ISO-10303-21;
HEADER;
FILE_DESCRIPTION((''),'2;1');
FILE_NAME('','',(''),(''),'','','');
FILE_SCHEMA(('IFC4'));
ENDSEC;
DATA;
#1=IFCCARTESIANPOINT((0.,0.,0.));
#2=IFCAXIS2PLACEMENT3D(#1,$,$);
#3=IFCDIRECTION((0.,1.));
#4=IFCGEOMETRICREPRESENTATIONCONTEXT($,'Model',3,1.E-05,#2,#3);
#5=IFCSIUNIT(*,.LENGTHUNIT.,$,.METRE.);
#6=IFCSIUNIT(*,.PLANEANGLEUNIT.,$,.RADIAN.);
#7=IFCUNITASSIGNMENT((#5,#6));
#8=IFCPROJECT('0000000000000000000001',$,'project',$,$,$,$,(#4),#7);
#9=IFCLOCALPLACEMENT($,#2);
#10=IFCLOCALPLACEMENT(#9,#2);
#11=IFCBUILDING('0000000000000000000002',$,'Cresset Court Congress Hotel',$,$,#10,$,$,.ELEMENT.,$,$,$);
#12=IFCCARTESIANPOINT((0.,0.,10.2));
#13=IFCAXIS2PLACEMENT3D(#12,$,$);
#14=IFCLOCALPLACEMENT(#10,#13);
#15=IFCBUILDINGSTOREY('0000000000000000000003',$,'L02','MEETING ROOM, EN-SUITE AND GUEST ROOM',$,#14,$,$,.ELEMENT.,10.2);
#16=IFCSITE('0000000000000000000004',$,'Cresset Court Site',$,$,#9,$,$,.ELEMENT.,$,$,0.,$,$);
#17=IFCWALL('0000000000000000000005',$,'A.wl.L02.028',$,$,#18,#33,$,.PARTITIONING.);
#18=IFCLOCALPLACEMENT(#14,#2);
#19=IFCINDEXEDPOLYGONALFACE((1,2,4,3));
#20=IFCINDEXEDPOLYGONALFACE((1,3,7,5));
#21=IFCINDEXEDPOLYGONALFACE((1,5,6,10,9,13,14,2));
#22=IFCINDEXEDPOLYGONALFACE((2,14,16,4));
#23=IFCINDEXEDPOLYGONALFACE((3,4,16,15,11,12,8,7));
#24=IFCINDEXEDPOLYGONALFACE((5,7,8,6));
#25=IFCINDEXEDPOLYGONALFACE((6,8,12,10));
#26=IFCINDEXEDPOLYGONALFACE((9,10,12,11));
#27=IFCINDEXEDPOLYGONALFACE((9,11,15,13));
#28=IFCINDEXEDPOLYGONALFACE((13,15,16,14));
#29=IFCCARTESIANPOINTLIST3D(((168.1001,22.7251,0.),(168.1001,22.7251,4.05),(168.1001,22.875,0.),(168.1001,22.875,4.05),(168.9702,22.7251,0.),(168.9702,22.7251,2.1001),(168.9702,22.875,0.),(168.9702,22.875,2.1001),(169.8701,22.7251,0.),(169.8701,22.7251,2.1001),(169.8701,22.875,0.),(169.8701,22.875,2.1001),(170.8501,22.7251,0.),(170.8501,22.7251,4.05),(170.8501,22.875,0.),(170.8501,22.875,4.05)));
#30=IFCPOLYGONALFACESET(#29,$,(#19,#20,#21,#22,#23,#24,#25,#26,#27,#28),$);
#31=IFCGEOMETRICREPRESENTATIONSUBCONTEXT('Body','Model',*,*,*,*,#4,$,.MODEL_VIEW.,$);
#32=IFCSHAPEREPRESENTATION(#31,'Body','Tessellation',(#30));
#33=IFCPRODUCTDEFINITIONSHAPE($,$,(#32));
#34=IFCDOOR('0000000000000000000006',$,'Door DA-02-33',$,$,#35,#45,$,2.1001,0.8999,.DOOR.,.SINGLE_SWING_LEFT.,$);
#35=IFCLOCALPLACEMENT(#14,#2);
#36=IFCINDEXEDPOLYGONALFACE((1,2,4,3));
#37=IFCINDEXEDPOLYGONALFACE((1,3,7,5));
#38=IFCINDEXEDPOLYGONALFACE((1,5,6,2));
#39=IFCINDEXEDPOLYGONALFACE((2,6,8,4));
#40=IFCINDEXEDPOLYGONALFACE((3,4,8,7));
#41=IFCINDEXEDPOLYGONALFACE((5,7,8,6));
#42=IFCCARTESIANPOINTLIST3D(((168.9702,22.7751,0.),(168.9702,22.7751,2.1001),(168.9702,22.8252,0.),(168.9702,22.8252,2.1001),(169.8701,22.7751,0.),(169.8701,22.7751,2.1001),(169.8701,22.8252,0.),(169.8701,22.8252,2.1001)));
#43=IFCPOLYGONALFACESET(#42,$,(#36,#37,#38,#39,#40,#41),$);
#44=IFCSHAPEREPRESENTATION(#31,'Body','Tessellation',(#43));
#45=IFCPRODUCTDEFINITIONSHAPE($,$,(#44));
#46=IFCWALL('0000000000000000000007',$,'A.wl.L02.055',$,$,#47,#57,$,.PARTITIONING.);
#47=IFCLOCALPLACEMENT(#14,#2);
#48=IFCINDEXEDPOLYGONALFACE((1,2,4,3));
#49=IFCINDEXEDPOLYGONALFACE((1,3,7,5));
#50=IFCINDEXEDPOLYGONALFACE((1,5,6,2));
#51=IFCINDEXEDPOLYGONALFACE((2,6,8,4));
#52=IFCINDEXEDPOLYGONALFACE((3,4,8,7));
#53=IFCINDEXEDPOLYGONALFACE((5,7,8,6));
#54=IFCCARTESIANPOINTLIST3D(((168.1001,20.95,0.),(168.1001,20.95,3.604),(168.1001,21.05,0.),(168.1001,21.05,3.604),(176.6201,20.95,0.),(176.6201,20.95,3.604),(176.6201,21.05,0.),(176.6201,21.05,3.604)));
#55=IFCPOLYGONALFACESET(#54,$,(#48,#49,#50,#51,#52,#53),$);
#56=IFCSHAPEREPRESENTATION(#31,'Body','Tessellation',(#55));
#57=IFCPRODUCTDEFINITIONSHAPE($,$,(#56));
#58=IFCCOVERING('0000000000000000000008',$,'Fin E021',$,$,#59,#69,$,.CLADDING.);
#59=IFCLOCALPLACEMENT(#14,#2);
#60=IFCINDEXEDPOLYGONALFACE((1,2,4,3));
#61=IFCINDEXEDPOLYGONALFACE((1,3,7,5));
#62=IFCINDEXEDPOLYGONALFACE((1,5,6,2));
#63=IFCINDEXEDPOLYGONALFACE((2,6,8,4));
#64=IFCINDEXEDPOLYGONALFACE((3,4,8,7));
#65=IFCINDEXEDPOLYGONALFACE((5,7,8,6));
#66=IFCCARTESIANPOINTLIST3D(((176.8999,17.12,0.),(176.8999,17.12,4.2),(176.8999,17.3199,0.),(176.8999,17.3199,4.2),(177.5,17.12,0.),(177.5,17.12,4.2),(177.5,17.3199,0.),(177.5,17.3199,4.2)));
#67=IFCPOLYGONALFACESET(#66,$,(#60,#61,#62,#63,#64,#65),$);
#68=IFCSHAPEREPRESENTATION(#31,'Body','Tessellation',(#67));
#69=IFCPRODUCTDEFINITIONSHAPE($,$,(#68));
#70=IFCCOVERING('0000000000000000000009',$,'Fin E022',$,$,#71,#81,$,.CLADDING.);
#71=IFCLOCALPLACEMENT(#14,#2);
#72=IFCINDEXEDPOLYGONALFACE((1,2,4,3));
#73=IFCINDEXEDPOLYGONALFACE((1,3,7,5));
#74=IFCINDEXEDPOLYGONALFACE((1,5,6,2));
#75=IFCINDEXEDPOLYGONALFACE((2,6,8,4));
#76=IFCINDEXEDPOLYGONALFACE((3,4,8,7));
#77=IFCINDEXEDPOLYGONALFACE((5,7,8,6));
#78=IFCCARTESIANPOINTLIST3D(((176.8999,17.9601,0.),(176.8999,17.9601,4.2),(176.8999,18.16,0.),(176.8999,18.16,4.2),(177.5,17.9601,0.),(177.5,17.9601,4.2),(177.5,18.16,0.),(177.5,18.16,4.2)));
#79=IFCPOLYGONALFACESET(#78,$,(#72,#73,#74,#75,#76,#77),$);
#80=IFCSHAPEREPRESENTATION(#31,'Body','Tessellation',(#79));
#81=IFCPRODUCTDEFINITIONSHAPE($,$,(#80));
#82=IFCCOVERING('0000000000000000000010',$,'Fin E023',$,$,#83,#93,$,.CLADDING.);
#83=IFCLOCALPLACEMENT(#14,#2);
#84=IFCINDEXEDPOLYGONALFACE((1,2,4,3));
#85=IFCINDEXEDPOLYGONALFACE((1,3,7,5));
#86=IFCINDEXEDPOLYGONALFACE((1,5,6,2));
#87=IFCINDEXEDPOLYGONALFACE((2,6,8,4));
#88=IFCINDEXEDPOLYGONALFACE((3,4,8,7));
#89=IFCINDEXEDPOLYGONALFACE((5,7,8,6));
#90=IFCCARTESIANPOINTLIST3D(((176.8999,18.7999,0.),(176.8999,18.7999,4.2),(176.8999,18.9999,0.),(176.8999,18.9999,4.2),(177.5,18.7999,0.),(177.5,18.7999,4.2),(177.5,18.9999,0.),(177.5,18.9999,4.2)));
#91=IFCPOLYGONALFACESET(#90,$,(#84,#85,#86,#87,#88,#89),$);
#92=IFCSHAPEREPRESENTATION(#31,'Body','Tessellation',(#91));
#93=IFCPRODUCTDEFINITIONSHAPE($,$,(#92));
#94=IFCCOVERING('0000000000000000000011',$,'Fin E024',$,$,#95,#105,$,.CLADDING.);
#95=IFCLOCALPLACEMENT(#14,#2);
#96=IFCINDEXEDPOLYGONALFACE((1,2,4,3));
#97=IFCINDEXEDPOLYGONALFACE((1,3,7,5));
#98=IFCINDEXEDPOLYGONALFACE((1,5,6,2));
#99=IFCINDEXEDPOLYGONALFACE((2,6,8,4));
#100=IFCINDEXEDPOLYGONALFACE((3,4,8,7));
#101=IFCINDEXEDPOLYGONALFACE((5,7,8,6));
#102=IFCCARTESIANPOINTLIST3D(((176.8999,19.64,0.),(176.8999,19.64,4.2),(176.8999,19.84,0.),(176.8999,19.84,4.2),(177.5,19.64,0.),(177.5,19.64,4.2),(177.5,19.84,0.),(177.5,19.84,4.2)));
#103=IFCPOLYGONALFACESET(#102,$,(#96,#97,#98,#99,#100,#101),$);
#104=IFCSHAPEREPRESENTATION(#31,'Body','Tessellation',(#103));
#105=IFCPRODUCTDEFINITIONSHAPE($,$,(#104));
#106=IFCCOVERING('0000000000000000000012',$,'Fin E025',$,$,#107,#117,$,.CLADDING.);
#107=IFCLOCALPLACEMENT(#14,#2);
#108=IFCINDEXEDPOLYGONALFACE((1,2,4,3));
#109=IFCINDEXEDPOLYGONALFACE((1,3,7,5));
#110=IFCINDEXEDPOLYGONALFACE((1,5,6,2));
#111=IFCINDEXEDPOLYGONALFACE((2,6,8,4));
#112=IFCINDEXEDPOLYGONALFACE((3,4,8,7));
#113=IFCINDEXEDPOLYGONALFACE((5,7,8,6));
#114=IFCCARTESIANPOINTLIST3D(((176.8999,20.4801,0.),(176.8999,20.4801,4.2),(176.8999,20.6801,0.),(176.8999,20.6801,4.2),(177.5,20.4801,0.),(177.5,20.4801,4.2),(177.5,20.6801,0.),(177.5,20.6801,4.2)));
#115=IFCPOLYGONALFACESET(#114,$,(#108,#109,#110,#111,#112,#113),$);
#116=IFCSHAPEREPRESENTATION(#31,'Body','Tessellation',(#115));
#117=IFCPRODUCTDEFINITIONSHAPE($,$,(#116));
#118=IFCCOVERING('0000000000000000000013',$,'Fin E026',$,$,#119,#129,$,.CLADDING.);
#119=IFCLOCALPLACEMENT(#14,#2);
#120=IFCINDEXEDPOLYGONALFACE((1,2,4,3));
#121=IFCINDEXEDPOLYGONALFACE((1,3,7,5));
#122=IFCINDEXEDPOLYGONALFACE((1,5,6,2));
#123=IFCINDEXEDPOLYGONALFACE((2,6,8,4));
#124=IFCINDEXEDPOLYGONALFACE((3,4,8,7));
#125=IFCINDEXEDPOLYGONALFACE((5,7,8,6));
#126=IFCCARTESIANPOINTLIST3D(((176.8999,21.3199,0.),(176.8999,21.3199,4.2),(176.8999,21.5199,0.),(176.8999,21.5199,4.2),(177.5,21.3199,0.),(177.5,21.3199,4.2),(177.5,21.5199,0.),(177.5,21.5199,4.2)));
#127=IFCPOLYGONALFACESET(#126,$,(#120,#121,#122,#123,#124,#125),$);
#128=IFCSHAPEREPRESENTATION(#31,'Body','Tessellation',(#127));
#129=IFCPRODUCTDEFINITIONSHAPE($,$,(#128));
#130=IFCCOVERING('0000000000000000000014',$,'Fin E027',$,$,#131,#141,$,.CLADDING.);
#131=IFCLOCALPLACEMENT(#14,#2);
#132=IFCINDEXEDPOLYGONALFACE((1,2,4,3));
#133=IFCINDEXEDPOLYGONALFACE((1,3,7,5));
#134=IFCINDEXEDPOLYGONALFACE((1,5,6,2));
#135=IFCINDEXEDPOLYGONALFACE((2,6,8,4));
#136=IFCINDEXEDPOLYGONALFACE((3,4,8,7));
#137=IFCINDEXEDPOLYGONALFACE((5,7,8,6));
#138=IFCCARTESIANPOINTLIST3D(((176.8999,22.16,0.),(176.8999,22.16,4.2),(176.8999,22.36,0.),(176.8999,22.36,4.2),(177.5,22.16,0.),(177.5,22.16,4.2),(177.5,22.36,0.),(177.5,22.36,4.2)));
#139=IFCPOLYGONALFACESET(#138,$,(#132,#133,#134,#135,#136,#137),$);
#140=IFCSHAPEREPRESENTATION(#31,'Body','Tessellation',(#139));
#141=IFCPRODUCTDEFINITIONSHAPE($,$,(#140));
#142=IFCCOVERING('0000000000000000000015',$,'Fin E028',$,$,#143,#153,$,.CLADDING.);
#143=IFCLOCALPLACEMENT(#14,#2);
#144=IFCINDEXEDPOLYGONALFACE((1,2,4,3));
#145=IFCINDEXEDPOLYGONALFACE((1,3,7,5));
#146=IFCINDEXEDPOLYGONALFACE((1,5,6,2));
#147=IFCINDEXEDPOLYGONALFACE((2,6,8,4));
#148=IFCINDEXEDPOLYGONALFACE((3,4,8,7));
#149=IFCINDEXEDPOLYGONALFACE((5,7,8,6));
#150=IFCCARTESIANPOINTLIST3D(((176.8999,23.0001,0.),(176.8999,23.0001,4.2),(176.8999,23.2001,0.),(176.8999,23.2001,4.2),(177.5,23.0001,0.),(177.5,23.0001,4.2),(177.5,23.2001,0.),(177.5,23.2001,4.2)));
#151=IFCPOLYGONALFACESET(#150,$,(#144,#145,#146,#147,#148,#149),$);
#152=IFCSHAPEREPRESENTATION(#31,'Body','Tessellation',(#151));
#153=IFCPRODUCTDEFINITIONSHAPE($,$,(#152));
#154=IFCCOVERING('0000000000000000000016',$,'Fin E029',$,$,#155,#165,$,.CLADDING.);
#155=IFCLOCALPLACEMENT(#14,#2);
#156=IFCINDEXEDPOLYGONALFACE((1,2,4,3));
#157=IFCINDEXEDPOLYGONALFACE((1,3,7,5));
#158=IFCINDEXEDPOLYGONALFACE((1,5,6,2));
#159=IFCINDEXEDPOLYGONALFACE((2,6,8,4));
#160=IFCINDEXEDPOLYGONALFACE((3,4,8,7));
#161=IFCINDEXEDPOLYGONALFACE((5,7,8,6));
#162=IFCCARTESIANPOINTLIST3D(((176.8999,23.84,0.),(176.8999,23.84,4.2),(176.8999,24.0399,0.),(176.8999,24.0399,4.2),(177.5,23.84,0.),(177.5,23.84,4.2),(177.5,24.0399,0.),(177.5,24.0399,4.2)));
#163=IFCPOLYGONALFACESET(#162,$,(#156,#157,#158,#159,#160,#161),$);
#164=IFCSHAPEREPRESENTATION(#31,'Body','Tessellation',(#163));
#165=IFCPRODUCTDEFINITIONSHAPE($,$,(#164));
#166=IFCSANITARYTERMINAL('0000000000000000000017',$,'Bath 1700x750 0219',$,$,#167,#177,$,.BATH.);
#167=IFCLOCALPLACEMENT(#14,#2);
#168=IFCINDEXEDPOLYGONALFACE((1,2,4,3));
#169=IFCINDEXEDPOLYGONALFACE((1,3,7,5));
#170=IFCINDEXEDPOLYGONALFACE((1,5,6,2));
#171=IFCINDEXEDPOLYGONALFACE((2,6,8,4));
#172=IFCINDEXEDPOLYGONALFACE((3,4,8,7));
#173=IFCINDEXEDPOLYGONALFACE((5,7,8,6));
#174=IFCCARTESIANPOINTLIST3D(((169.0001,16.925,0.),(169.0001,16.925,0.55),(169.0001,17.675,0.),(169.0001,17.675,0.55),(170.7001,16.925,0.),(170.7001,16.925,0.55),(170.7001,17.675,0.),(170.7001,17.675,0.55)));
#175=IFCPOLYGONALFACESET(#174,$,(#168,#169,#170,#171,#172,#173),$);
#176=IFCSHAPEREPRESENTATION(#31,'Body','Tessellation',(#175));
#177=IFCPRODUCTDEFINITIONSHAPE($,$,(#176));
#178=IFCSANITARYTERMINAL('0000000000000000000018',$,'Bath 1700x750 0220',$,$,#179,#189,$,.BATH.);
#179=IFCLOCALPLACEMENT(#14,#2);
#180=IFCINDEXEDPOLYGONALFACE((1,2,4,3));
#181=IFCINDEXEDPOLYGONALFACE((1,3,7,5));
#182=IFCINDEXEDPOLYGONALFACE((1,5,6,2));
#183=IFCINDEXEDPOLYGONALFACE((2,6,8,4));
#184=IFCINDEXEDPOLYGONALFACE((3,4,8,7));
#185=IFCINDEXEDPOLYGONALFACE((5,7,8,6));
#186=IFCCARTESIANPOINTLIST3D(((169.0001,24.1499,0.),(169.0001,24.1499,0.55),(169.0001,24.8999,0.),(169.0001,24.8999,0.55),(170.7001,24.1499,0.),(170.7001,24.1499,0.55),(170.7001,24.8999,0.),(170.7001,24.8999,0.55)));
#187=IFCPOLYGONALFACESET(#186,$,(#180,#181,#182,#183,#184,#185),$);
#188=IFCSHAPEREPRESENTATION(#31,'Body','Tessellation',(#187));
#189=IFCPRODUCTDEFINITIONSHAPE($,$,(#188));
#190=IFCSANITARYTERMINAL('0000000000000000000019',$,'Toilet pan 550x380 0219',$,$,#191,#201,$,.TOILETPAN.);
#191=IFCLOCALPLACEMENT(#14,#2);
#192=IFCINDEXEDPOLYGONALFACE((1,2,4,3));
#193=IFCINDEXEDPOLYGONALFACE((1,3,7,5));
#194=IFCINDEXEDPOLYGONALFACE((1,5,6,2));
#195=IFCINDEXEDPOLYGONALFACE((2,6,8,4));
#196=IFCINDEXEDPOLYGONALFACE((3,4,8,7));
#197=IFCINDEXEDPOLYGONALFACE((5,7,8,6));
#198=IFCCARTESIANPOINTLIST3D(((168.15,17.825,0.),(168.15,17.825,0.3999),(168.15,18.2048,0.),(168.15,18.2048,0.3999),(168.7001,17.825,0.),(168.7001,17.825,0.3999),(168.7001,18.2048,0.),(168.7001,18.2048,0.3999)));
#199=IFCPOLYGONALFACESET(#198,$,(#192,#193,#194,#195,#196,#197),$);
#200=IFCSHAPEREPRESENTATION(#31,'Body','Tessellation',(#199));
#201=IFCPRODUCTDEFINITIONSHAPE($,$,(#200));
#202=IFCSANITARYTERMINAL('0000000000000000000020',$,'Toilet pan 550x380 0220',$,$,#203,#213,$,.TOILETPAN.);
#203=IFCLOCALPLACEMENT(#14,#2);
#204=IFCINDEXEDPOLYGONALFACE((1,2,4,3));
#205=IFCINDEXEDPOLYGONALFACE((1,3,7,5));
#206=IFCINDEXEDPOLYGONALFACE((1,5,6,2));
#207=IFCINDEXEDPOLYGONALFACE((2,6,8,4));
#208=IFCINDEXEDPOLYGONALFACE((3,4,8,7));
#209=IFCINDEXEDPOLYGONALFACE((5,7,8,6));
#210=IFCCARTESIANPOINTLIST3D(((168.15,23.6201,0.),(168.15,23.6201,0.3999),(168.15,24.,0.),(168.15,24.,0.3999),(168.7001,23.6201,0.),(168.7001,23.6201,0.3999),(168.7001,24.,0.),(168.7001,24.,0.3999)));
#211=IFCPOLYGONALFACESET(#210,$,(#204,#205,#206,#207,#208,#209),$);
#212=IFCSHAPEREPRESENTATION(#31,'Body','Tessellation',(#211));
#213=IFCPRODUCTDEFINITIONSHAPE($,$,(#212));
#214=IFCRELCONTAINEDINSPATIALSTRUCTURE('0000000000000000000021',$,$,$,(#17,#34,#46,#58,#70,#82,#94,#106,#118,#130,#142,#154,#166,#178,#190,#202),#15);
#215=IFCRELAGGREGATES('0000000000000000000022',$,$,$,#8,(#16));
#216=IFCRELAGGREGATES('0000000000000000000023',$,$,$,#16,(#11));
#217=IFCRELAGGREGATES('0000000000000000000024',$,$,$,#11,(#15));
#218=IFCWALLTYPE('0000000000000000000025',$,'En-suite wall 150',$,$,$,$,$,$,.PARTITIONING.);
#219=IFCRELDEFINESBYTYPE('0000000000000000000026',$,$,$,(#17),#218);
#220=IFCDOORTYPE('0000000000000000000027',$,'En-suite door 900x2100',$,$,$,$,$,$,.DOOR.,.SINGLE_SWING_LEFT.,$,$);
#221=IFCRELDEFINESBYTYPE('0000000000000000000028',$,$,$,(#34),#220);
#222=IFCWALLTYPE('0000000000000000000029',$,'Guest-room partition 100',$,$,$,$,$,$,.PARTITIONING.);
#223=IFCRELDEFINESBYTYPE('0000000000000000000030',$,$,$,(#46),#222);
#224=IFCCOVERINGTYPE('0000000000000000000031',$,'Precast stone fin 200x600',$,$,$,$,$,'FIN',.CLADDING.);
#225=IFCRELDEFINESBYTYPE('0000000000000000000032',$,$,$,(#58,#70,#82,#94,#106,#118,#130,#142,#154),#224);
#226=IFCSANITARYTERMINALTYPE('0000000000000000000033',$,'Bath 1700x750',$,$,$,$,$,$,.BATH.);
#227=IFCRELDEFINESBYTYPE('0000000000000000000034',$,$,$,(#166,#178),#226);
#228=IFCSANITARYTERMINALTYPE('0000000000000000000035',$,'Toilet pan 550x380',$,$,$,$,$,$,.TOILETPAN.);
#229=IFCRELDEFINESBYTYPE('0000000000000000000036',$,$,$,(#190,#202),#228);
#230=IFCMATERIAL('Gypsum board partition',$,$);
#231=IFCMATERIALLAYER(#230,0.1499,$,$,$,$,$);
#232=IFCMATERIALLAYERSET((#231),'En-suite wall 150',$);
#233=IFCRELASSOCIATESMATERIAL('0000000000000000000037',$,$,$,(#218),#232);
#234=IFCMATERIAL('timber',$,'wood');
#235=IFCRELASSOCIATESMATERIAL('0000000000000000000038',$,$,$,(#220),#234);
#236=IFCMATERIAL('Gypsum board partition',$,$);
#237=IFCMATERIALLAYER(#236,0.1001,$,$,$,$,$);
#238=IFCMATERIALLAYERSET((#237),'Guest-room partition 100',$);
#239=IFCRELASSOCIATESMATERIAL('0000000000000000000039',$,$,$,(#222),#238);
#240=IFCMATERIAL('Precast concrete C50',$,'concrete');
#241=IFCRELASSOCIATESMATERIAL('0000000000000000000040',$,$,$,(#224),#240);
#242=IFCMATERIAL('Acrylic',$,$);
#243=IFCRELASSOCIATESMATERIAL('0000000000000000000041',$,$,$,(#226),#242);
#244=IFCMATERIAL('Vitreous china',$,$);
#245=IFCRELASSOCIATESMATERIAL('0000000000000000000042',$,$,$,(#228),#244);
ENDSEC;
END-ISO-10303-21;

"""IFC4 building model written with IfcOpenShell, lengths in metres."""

from ifc_helpers import new_model, si_unit, direction, frame, frame_2d, origin, origin_2d, place, context, subcontext, project, spatial, rectangle, extrude, material, layer, layer_set, type_object, element, fill, save


model = new_model("IFC4")

# Units and contexts
model_context = context("Model", 3, precision=1e-05, world=origin(), true_north=direction((0.0, 1.0)))
body_context = subcontext(model_context, "Body", "Model", "MODEL_VIEW")
ifc_project = project(units=[si_unit("LENGTHUNIT", "METRE"), si_unit("PLANEANGLEUNIT", "RADIAN")], contexts=[model_context])

# Site, building, storey
site_placement = place(None, origin())
site = spatial("IfcSite", under=ifc_project, at=site_placement, Name="Cresset Court Site", CompositionType="ELEMENT", RefElevation=0.0)
building_placement = place(site_placement, origin())
building = spatial("IfcBuilding", under=site, at=building_placement, Name="Cresset Court Congress Hotel", CompositionType="ELEMENT")
storey_placement = place(building_placement, frame((0.0, 0.0, 10.2)))
storey = spatial("IfcBuildingStorey", under=building, at=storey_placement, Name="L02", Description="MEETING ROOM, EN-SUITE AND GUEST ROOM", CompositionType="ELEMENT", Elevation=10.2)

# Shared definitions
ifc_material_1 = material(Name="Gypsum board partition")
ifc_layer_1 = layer(ifc_material_1, 0.1499)
ifc_layer_set_1 = layer_set([ifc_layer_1], Name="En-suite wall 150")
wall_type_1 = type_object("IfcWallType", Name="En-suite wall 150", PredefinedType="PARTITIONING", material=ifc_layer_set_1)

# Shared definitions
ifc_material_2 = material(Name="timber", Category="wood")
door_type_1 = type_object("IfcDoorType", Name="En-suite door 900x2100", OperationType="SINGLE_SWING_LEFT", PredefinedType="DOOR", material=ifc_material_2)

# Wall, opening, door
wall_1_placement = place(storey_placement, frame((170.8501, 22.8, 0.0), z_axis=(0.0, 0.0, 1.0), x_axis=(-1.0, 0.0, 0.0)))
wall_1 = element("IfcWall", 1, at=wall_1_placement, inside=storey, type_object=wall_type_1, Name="A.wl.L02.028", PredefinedType="PARTITIONING", context=body_context, shape_type="SweptSolid", body=[
    extrude(rectangle(XDim=2.75, YDim=0.1499, at=frame_2d((1.375, 0.0))), origin(), (0.0, 0.0, 1.0), 4.05),
])
opening_1_placement = place(wall_1_placement, frame((0.98, 0.0, 0.0)))
opening_1 = element("IfcOpeningElement", 2, at=opening_1_placement, cuts=wall_1, PredefinedType="OPENING", context=body_context, shape_type="SweptSolid", body=[
    extrude(rectangle(XDim=0.8999, YDim=2.1001, at=frame_2d((0.45, 1.05))), frame((0.0, 0.085, 0.0), z_axis=(0.0, -1.0, 0.0), x_axis=(1.0, 0.0, 0.0)), (0.0, 0.0, 1.0), 0.1699),
])
door_1_placement = place(opening_1_placement, origin())
door_1 = element("IfcDoor", 3, at=door_1_placement, inside=storey, type_object=door_type_1, Name="Door DA-02-33", OperationType="SINGLE_SWING_LEFT", OverallHeight=2.1001, OverallWidth=0.8999, PredefinedType="DOOR", context=body_context, shape_type="SweptSolid", body=[
    extrude(rectangle(XDim=0.8999, YDim=2.1001, at=frame_2d((0.45, 1.05))), frame((0.0, 0.0249, 0.0), z_axis=(0.0, -1.0, 0.0), x_axis=(1.0, 0.0, 0.0)), (0.0, 0.0, 1.0), 0.05),
])
fill(opening_1, door_1)

# Wall
ifc_material_3 = material(Name="Gypsum board partition")
ifc_layer_2 = layer(ifc_material_3, 0.1001)
ifc_layer_set_2 = layer_set([ifc_layer_2], Name="Guest-room partition 100")
wall_type_2 = type_object("IfcWallType", Name="Guest-room partition 100", PredefinedType="PARTITIONING", material=ifc_layer_set_2)
wall_2_placement = place(storey_placement, frame((168.1001, 21.0, 0.0), z_axis=(0.0, 0.0, 1.0), x_axis=(1.0, 0.0, 0.0)))
element("IfcWall", 4, at=wall_2_placement, inside=storey, type_object=wall_type_2, Name="A.wl.L02.055", PredefinedType="PARTITIONING", context=body_context, shape_type="SweptSolid", body=[
    extrude(rectangle(XDim=8.52, YDim=0.1001, at=frame_2d((4.26, 0.0))), origin(), (0.0, 0.0, 1.0), 3.604),
])

# Coverings
ifc_material_4 = material(Name="Precast concrete C50", Category="concrete")
covering_type = type_object("IfcCoveringType", Name="Precast stone fin 200x600", ElementType="FIN", PredefinedType="CLADDING", material=ifc_material_4)
for number, where, z_axis, x_axis, name in (
    (5, (177.2, 17.22, 0.0), (0.0, 0.0, 1.0), (1.0, 0.0, 0.0), "Fin E021"),
    (6, (177.2, 18.0601, 0.0), (0.0, 0.0, 1.0), (1.0, 0.0, 0.0), "Fin E022"),
    (7, (177.2, 18.8999, 0.0), (0.0, 0.0, 1.0), (1.0, 0.0, 0.0), "Fin E023"),
    (8, (177.2, 19.74, 0.0), (0.0, 0.0, 1.0), (1.0, 0.0, 0.0), "Fin E024"),
    (9, (177.2, 20.5801, 0.0), (0.0, 0.0, 1.0), (1.0, 0.0, 0.0), "Fin E025"),
    (10, (177.2, 21.4199, 0.0), (0.0, 0.0, 1.0), (1.0, 0.0, 0.0), "Fin E026"),
    (11, (177.2, 22.26, 0.0), (0.0, 0.0, 1.0), (1.0, 0.0, 0.0), "Fin E027"),
    (12, (177.2, 23.1001, 0.0), (0.0, 0.0, 1.0), (1.0, 0.0, 0.0), "Fin E028"),
    (13, (177.2, 23.9399, 0.0), (0.0, 0.0, 1.0), (1.0, 0.0, 0.0), "Fin E029"),
):
    element("IfcCovering", number, at=place(storey_placement, frame(where, z_axis=z_axis, x_axis=x_axis)), inside=storey, type_object=covering_type, Name=name, PredefinedType="CLADDING", context=body_context, shape_type="SweptSolid", body=[
        extrude(rectangle(XDim=0.6001, YDim=0.2, at=origin_2d()), origin(), (0.0, 0.0, 1.0), 4.2),
    ])

# Sanitary terminals
ifc_material_5 = material(Name="Acrylic")
sanitary_terminal_type_1 = type_object("IfcSanitaryTerminalType", Name="Bath 1700x750", PredefinedType="BATH", material=ifc_material_5)
for number, where, z_axis, x_axis, name in (
    (14, (169.8501, 17.3, 0.0), (0.0, 0.0, 1.0), (1.0, 0.0, 0.0), "Bath 1700x750 0219"),
    (15, (169.8501, 24.5249, 0.0), (0.0, 0.0, 1.0), (1.0, 0.0, 0.0), "Bath 1700x750 0220"),
):
    element("IfcSanitaryTerminal", number, at=place(storey_placement, frame(where, z_axis=z_axis, x_axis=x_axis)), inside=storey, type_object=sanitary_terminal_type_1, Name=name, PredefinedType="BATH", context=body_context, shape_type="SweptSolid", body=[
        extrude(rectangle(XDim=1.7, YDim=0.75, at=origin_2d()), origin(), (0.0, 0.0, 1.0), 0.55),
    ])
ifc_material_6 = material(Name="Vitreous china")
sanitary_terminal_type_2 = type_object("IfcSanitaryTerminalType", Name="Toilet pan 550x380", PredefinedType="TOILETPAN", material=ifc_material_6)
for number, where, z_axis, x_axis, name in (
    (16, (168.425, 18.0149, 0.0), (0.0, 0.0, 1.0), (1.0, 0.0, 0.0), "Toilet pan 550x380 0219"),
    (17, (168.425, 23.8101, 0.0), (0.0, 0.0, 1.0), (1.0, 0.0, 0.0), "Toilet pan 550x380 0220"),
):
    element("IfcSanitaryTerminal", number, at=place(storey_placement, frame(where, z_axis=z_axis, x_axis=x_axis)), inside=storey, type_object=sanitary_terminal_type_2, Name=name, PredefinedType="TOILETPAN", context=body_context, shape_type="SweptSolid", body=[
        extrude(rectangle(XDim=0.55, YDim=0.3799, at=origin_2d()), origin(), (0.0, 0.0, 1.0), 0.3999),
    ])

save(model, "model.ifc")
